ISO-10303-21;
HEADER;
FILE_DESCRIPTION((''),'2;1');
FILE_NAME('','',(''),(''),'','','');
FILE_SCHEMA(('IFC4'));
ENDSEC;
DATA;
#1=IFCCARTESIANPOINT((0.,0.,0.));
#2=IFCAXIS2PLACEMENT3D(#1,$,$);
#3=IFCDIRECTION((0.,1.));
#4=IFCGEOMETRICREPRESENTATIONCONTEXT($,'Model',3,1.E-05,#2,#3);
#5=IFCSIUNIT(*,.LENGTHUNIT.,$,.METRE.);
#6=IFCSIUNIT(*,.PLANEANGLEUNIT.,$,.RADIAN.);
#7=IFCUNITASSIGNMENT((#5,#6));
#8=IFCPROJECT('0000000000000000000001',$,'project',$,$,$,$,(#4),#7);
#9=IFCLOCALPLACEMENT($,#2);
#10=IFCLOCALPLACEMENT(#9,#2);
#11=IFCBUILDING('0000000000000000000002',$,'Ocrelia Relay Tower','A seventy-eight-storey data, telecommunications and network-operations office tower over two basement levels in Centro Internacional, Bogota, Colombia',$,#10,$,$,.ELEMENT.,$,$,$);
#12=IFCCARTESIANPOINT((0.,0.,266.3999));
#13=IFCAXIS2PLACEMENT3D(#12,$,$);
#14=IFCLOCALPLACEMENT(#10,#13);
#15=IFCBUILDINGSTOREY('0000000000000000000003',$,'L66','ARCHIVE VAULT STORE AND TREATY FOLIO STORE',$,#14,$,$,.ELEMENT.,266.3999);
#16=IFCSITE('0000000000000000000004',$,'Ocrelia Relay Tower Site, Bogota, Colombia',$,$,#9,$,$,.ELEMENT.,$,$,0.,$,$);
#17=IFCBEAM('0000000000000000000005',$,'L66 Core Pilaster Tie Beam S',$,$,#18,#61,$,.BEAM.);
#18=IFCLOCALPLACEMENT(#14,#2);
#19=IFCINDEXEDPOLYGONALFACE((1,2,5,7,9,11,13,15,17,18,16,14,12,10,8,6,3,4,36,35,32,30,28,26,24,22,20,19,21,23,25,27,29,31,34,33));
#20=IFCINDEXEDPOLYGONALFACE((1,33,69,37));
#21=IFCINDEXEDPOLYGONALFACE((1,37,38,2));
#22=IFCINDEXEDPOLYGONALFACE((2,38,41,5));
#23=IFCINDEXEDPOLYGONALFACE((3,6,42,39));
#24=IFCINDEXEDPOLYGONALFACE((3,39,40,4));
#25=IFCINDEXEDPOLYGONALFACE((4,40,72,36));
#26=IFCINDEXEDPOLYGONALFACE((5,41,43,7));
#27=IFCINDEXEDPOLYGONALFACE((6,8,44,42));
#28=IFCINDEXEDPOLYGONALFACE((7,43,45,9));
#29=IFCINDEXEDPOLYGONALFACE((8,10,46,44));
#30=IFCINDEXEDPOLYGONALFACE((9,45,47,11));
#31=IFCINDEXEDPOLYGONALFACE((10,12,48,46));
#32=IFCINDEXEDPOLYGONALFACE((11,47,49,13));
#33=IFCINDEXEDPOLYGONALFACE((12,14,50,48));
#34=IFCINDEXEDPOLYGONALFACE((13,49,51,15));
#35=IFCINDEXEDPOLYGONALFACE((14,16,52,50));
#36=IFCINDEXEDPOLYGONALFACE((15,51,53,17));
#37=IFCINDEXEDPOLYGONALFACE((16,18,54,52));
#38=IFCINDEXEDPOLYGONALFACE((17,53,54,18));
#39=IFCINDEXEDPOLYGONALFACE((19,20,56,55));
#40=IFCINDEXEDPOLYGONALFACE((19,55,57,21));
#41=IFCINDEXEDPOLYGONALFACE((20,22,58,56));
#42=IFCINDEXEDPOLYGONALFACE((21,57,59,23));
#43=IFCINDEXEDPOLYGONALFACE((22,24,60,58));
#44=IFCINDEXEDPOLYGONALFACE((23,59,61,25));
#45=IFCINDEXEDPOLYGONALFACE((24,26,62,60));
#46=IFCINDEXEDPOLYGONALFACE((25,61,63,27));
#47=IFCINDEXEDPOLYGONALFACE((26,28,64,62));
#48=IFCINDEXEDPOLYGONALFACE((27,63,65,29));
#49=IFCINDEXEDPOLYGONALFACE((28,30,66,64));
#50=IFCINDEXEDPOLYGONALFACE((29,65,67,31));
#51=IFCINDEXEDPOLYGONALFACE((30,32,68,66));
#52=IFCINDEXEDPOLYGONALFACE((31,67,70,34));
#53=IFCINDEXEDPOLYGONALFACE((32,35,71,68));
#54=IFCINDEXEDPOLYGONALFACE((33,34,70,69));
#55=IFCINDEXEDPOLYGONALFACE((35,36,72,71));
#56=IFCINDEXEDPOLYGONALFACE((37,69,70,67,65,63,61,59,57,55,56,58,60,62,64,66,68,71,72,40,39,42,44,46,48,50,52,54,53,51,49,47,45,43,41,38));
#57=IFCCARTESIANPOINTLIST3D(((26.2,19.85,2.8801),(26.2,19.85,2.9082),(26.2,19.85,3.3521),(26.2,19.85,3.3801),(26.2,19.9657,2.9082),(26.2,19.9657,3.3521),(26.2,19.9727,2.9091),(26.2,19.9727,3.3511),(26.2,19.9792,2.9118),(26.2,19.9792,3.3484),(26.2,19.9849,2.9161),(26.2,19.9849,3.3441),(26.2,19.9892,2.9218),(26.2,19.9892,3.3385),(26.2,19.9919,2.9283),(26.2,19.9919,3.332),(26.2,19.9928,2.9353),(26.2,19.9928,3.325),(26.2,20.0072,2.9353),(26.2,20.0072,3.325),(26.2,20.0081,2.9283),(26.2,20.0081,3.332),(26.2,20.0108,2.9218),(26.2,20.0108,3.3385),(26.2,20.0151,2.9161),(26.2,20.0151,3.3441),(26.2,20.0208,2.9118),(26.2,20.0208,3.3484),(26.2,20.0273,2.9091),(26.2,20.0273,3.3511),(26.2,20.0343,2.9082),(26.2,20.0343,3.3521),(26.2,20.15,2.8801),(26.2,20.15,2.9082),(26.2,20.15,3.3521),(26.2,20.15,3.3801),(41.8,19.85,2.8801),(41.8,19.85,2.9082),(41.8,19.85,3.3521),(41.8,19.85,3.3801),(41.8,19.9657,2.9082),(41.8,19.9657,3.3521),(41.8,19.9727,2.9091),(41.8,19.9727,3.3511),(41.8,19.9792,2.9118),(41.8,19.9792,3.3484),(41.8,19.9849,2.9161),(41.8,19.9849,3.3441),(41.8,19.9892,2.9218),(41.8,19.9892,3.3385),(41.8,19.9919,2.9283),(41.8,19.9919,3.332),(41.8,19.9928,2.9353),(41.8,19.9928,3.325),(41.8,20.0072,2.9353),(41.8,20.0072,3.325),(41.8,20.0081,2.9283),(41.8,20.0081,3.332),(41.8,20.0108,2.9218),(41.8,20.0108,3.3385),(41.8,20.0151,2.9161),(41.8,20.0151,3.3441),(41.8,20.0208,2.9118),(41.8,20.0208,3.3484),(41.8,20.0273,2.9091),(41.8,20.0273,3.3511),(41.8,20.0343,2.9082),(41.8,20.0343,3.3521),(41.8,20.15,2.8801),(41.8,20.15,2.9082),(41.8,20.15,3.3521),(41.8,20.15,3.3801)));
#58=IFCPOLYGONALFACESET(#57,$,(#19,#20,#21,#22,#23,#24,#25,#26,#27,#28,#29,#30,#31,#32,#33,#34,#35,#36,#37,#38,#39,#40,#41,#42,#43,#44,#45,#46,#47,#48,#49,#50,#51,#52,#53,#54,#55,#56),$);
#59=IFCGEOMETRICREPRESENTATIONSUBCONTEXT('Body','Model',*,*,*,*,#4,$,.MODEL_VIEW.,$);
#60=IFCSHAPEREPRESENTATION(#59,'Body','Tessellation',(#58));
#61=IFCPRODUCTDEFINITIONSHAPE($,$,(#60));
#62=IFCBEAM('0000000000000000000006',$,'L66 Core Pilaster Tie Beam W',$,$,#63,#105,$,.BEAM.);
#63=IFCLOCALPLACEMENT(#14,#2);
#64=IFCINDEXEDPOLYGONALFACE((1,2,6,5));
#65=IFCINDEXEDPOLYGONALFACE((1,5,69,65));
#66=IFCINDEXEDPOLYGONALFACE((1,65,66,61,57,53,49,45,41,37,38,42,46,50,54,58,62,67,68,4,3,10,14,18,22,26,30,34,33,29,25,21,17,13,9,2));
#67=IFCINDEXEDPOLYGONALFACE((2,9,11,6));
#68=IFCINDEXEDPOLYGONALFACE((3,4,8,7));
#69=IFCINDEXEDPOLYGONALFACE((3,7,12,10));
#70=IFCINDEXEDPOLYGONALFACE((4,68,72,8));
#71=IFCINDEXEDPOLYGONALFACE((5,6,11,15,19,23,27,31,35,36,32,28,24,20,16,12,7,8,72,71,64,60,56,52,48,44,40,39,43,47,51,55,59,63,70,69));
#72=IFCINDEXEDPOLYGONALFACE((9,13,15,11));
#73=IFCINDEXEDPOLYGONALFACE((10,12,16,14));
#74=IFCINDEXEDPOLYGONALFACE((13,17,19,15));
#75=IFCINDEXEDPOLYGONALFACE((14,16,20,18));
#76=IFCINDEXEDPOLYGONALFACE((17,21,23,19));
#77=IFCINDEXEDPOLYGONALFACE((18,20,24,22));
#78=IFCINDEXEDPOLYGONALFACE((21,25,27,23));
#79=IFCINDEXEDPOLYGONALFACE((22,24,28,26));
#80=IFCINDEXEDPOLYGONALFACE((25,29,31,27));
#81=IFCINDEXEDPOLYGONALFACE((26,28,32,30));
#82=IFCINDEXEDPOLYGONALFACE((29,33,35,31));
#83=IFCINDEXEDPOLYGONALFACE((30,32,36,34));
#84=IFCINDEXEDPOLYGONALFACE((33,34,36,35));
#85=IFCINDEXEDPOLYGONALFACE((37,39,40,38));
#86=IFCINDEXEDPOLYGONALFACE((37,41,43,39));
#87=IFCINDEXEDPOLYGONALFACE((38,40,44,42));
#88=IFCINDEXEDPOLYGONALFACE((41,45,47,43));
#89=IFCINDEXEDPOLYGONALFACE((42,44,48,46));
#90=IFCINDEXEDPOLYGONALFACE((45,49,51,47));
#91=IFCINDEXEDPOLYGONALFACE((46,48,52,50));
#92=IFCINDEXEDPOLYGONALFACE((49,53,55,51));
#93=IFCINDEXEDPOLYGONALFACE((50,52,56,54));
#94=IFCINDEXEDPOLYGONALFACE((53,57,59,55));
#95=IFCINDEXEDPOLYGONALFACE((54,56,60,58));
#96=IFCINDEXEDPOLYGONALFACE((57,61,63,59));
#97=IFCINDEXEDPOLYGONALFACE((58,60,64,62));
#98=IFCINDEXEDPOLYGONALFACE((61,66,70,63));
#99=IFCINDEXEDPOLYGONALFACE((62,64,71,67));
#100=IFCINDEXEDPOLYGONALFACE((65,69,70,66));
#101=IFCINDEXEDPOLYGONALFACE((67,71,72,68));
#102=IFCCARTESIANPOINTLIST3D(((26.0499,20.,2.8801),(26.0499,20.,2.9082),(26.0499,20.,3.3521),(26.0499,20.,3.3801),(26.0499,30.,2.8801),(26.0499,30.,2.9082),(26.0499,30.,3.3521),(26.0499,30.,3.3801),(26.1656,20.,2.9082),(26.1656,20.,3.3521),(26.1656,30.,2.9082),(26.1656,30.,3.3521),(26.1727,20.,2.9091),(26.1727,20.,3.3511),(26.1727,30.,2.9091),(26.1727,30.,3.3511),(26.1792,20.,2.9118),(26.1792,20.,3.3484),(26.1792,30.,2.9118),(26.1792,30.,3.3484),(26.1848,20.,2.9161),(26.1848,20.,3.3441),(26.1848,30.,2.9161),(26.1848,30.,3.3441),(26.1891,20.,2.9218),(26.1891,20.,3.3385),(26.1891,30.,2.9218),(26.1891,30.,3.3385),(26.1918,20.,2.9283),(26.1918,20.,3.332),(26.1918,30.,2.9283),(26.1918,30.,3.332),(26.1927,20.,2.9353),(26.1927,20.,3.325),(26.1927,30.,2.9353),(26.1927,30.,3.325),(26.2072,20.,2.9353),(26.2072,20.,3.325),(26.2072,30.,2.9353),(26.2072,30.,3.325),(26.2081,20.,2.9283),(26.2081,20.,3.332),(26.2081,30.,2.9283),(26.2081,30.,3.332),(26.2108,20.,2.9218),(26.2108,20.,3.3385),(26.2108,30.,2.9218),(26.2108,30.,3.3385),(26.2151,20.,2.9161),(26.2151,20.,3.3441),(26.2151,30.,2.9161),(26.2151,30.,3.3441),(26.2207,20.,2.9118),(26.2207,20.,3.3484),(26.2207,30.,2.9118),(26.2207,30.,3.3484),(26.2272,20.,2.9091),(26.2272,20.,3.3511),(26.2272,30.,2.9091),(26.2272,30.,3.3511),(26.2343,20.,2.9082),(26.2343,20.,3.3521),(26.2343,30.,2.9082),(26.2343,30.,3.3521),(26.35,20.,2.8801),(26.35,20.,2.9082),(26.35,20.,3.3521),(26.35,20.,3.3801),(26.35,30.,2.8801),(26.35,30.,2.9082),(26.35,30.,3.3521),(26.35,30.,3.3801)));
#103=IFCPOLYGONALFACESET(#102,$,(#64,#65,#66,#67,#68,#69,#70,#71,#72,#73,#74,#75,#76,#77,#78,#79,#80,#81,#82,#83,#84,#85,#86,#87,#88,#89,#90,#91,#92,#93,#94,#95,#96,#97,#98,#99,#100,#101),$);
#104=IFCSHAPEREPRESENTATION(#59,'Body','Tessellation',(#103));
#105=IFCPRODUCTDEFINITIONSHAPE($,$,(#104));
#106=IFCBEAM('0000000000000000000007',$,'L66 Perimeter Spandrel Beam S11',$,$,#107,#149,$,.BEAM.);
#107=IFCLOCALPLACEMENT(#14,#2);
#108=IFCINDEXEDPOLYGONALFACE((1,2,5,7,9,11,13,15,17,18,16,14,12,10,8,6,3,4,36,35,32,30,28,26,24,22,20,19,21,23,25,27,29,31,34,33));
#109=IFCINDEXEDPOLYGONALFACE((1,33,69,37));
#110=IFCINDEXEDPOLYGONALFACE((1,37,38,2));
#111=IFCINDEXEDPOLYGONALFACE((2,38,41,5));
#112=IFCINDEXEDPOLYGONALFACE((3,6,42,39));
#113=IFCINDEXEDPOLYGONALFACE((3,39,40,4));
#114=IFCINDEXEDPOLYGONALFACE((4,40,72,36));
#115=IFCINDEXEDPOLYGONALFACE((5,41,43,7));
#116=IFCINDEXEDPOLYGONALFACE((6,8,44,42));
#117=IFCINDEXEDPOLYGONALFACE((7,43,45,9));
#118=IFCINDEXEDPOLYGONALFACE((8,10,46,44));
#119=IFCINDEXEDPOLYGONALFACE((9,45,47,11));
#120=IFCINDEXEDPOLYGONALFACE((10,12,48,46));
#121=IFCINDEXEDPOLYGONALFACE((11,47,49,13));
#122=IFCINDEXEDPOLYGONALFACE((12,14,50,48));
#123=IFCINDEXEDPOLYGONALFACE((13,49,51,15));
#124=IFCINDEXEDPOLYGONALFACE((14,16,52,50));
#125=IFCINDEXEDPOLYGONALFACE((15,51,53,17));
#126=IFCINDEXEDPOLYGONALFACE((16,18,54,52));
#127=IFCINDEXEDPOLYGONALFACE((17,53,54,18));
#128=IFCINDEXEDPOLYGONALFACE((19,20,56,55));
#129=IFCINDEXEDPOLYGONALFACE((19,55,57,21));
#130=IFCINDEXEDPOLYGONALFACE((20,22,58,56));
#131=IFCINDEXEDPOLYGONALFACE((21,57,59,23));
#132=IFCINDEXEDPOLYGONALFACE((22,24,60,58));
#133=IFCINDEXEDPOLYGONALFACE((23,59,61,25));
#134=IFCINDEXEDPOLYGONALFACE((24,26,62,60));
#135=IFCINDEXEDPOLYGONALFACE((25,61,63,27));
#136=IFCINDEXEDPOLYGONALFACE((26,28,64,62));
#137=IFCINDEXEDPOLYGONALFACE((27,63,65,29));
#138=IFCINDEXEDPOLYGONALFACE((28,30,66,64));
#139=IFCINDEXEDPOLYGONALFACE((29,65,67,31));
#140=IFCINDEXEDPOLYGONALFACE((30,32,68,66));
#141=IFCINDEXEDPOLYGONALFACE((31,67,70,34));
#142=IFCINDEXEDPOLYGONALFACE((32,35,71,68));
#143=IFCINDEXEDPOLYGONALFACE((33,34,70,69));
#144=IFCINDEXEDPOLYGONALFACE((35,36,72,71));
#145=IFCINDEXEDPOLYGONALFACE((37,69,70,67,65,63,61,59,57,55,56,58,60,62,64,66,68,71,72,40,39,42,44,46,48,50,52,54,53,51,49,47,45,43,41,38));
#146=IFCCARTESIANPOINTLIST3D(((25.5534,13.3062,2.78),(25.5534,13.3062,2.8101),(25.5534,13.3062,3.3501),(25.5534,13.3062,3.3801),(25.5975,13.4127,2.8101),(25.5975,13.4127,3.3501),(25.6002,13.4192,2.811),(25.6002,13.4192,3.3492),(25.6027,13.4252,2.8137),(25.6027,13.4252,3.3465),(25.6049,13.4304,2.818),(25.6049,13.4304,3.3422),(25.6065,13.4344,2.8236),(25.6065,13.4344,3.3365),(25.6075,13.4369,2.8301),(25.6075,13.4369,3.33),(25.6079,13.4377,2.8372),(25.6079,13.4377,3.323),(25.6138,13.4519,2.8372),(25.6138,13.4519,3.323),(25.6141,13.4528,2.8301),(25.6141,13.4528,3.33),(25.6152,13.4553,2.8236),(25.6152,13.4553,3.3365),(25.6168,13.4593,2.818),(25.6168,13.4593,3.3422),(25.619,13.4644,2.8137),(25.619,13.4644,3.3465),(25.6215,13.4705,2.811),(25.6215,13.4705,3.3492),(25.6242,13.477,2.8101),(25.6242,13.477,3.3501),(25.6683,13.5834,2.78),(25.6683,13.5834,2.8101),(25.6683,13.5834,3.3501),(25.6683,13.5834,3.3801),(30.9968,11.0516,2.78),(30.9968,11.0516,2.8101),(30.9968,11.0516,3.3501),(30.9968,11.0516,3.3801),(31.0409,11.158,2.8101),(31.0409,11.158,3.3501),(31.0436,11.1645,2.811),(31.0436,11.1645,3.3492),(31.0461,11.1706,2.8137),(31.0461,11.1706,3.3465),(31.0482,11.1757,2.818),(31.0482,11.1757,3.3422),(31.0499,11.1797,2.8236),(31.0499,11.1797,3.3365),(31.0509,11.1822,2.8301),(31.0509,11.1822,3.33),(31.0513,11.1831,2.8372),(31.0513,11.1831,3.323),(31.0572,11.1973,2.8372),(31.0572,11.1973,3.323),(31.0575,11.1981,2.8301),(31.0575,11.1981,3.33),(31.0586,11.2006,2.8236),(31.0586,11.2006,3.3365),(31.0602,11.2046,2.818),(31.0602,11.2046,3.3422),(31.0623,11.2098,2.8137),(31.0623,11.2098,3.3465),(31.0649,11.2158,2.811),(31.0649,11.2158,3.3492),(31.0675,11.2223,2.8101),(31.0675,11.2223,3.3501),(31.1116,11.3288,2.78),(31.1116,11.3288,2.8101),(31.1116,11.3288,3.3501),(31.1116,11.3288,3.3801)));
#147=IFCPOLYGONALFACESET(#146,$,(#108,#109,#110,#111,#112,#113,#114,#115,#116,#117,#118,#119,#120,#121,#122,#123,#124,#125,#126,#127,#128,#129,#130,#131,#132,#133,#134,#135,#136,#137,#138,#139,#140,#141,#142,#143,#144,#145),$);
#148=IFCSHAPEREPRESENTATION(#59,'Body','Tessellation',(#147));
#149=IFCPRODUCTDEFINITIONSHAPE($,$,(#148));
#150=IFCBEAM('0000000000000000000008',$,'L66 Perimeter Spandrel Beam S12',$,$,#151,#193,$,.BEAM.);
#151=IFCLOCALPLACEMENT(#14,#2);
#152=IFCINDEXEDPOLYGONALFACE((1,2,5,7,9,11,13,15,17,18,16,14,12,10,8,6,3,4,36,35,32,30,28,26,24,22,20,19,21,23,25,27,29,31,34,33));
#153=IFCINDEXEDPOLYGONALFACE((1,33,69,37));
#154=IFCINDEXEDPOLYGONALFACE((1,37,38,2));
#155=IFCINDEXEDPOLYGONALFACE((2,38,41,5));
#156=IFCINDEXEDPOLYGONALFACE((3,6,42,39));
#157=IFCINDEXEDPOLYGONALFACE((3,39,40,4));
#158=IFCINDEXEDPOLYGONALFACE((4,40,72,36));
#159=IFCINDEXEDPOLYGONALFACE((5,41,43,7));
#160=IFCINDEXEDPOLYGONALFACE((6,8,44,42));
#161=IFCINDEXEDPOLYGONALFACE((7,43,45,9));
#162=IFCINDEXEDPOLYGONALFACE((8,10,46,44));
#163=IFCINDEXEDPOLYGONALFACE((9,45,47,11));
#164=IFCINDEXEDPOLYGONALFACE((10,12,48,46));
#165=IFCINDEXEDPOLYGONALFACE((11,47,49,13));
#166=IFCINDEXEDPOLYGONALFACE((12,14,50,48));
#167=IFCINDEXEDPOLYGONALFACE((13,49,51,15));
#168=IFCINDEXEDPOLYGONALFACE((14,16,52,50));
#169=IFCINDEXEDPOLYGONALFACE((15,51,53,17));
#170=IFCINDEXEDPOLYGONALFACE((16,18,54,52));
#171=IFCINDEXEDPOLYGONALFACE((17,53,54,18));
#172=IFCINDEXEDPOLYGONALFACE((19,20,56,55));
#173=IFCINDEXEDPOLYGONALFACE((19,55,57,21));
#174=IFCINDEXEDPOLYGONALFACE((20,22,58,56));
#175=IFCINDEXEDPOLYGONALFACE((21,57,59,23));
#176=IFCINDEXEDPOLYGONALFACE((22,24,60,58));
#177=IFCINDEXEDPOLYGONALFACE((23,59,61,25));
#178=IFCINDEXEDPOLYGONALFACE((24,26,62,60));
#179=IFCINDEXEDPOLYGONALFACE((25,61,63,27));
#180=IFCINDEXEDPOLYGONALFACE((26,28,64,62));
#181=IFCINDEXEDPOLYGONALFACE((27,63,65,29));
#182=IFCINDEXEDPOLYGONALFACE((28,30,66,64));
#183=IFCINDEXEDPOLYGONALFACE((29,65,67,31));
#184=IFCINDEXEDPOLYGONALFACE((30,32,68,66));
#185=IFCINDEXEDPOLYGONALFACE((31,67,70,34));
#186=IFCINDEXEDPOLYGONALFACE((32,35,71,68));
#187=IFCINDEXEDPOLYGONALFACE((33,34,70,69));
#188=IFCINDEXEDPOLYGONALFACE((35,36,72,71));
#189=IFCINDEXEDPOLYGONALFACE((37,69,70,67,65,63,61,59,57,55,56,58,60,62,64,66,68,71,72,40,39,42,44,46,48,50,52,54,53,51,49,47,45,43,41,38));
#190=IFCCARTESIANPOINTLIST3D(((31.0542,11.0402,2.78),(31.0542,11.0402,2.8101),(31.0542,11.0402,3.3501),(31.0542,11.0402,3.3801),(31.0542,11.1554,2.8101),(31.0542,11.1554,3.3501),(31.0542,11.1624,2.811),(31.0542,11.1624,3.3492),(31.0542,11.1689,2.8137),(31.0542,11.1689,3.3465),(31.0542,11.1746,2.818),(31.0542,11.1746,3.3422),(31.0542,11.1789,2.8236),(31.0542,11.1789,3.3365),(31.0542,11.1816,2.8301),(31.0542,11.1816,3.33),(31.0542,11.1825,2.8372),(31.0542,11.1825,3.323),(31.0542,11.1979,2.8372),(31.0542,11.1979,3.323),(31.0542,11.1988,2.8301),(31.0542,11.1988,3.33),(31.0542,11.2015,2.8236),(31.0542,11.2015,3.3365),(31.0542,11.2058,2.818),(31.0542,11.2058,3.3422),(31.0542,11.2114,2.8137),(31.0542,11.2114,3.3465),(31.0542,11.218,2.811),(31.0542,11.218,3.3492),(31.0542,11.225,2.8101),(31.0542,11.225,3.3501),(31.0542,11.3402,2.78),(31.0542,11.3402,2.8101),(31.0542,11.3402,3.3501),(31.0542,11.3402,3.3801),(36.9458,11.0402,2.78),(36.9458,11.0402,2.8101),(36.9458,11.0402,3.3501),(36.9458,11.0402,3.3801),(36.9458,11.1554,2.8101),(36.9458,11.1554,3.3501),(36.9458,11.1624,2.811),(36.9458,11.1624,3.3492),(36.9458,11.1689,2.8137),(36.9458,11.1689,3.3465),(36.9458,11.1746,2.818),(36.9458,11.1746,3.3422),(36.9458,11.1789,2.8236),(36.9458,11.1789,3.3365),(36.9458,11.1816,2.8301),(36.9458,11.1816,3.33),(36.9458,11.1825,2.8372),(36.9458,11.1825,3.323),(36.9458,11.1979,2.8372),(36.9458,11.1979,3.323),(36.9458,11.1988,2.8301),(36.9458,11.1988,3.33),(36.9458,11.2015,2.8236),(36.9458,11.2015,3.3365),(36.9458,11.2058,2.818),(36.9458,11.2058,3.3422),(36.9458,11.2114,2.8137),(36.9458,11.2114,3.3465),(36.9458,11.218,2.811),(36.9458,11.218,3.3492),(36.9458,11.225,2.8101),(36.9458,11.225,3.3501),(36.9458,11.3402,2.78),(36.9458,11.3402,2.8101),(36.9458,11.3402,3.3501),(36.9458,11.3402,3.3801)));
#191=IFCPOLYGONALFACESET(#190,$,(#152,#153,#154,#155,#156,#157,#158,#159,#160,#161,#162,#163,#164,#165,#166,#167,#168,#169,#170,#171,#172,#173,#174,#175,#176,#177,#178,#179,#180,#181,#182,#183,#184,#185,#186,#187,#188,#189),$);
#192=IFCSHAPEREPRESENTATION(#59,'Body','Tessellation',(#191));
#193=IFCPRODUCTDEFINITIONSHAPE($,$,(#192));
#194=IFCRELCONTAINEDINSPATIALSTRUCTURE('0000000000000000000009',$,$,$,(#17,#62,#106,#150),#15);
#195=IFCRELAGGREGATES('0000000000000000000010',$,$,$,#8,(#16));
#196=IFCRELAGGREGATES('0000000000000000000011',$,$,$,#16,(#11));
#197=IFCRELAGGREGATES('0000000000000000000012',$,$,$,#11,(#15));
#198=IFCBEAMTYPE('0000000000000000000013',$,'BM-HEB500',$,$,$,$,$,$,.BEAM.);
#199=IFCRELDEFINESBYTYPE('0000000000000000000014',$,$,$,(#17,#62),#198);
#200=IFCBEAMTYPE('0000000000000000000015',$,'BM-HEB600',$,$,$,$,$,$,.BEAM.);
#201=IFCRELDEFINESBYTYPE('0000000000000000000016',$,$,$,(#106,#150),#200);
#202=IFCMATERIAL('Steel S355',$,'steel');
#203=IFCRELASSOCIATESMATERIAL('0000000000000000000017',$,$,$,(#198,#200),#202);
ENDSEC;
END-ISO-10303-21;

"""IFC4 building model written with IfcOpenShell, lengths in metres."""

from ifc_helpers import new_model, si_unit, direction, frame, origin, origin_2d, place, context, subcontext, project, spatial, i_section, extrude, material, material_profile, profile_set, type_object, element, save


model = new_model("IFC4")

# Units and contexts
model_context = context("Model", 3, precision=1e-05, world=origin(), true_north=direction((0.0, 1.0)))
body_context = subcontext(model_context, "Body", "Model", "MODEL_VIEW")
ifc_project = project(units=[si_unit("LENGTHUNIT", "METRE"), si_unit("PLANEANGLEUNIT", "RADIAN")], contexts=[model_context])

# Site, building, storey
site_placement = place(None, origin())
site = spatial("IfcSite", under=ifc_project, at=site_placement, Name="Ocrelia Relay Tower Site, Bogota, Colombia", CompositionType="ELEMENT", RefElevation=0.0)
building_placement = place(site_placement, origin())
building = spatial("IfcBuilding", under=site, at=building_placement, Name="Ocrelia Relay Tower", Description="A seventy-eight-storey data, telecommunications and network-operations office tower over two basement levels in Centro Internacional, Bogota, Colombia", CompositionType="ELEMENT")
storey_placement = place(building_placement, frame((0.0, 0.0, 266.3999)))
storey = spatial("IfcBuildingStorey", under=building, at=storey_placement, Name="L66", Description="ARCHIVE VAULT STORE AND TREATY FOLIO STORE", CompositionType="ELEMENT", Elevation=266.3999)

# Beams
ifc_material_1 = material(Name="Steel S355", Category="steel")
ifc_material_profile_1 = material_profile(ifc_material_1, i_section(OverallWidth=0.3, OverallDepth=0.5, WebThickness=0.0144, FlangeThickness=0.0281, FilletRadius=0.0271, at=origin_2d()), Name="HEB 500")
ifc_profile_set_1 = profile_set([ifc_material_profile_1], Name="Steel S355")
beam_type_1 = type_object("IfcBeamType", Name="BM-HEB500", PredefinedType="BEAM", material=ifc_profile_set_1)
beam_1_placement = place(storey_placement, frame((26.2, 20.0, 3.1301), z_axis=(1.0, 0.0, 0.0), x_axis=(0.0, 1.0, 0.0)))
element("IfcBeam", 1, at=beam_1_placement, inside=storey, type_object=beam_type_1, Name="L66 Core Pilaster Tie Beam S", PredefinedType="BEAM", context=body_context, shape_type="SweptSolid", body=[
    extrude(i_section(OverallWidth=0.3, OverallDepth=0.5, WebThickness=0.0144, FlangeThickness=0.0281, FilletRadius=0.0271, at=origin_2d()), origin(), (0.0, 0.0, 1.0), 15.6001),
])
beam_2_placement = place(storey_placement, frame((26.2, 20.0, 3.1301), z_axis=(0.0, 1.0, 0.0), x_axis=(-1.0, 0.0, 0.0)))
element("IfcBeam", 2, at=beam_2_placement, inside=storey, type_object=beam_type_1, Name="L66 Core Pilaster Tie Beam W", PredefinedType="BEAM", context=body_context, shape_type="SweptSolid", body=[
    extrude(i_section(OverallWidth=0.3, OverallDepth=0.5, WebThickness=0.0144, FlangeThickness=0.0281, FilletRadius=0.0271, at=origin_2d()), origin(), (0.0, 0.0, 1.0), 10.0),
])
ifc_material_profile_2 = material_profile(ifc_material_1, i_section(OverallWidth=0.3, OverallDepth=0.6001, WebThickness=0.0154, FlangeThickness=0.03, FilletRadius=0.0271, at=origin_2d()), Name="HEB 600")
ifc_profile_set_2 = profile_set([ifc_material_profile_2], Name="Steel S355")
beam_type_2 = type_object("IfcBeamType", Name="BM-HEB600", PredefinedType="BEAM", material=ifc_profile_set_2)
beam_3_placement = place(storey_placement, frame((25.6108, 13.4448, 3.0801), z_axis=(0.923884, -0.382673, 0.0), x_axis=(0.382673, 0.923884, 0.0)))
element("IfcBeam", 3, at=beam_3_placement, inside=storey, type_object=beam_type_2, Name="L66 Perimeter Spandrel Beam S11", PredefinedType="BEAM", context=body_context, shape_type="SweptSolid", body=[
    extrude(i_section(OverallWidth=0.3, OverallDepth=0.6001, WebThickness=0.0154, FlangeThickness=0.03, FilletRadius=0.0271, at=origin_2d()), origin(), (0.0, 0.0, 1.0), 5.8918),
])
beam_4_placement = place(storey_placement, frame((31.0542, 11.1902, 3.0801), z_axis=(1.0, 0.0, 0.0), x_axis=(0.0, 1.0, 0.0)))
element("IfcBeam", 4, at=beam_4_placement, inside=storey, type_object=beam_type_2, Name="L66 Perimeter Spandrel Beam S12", PredefinedType="BEAM", context=body_context, shape_type="SweptSolid", body=[
    extrude(i_section(OverallWidth=0.3, OverallDepth=0.6001, WebThickness=0.0154, FlangeThickness=0.03, FilletRadius=0.0271, at=origin_2d()), origin(), (0.0, 0.0, 1.0), 5.8916),
])

save(model, "model.ifc")
